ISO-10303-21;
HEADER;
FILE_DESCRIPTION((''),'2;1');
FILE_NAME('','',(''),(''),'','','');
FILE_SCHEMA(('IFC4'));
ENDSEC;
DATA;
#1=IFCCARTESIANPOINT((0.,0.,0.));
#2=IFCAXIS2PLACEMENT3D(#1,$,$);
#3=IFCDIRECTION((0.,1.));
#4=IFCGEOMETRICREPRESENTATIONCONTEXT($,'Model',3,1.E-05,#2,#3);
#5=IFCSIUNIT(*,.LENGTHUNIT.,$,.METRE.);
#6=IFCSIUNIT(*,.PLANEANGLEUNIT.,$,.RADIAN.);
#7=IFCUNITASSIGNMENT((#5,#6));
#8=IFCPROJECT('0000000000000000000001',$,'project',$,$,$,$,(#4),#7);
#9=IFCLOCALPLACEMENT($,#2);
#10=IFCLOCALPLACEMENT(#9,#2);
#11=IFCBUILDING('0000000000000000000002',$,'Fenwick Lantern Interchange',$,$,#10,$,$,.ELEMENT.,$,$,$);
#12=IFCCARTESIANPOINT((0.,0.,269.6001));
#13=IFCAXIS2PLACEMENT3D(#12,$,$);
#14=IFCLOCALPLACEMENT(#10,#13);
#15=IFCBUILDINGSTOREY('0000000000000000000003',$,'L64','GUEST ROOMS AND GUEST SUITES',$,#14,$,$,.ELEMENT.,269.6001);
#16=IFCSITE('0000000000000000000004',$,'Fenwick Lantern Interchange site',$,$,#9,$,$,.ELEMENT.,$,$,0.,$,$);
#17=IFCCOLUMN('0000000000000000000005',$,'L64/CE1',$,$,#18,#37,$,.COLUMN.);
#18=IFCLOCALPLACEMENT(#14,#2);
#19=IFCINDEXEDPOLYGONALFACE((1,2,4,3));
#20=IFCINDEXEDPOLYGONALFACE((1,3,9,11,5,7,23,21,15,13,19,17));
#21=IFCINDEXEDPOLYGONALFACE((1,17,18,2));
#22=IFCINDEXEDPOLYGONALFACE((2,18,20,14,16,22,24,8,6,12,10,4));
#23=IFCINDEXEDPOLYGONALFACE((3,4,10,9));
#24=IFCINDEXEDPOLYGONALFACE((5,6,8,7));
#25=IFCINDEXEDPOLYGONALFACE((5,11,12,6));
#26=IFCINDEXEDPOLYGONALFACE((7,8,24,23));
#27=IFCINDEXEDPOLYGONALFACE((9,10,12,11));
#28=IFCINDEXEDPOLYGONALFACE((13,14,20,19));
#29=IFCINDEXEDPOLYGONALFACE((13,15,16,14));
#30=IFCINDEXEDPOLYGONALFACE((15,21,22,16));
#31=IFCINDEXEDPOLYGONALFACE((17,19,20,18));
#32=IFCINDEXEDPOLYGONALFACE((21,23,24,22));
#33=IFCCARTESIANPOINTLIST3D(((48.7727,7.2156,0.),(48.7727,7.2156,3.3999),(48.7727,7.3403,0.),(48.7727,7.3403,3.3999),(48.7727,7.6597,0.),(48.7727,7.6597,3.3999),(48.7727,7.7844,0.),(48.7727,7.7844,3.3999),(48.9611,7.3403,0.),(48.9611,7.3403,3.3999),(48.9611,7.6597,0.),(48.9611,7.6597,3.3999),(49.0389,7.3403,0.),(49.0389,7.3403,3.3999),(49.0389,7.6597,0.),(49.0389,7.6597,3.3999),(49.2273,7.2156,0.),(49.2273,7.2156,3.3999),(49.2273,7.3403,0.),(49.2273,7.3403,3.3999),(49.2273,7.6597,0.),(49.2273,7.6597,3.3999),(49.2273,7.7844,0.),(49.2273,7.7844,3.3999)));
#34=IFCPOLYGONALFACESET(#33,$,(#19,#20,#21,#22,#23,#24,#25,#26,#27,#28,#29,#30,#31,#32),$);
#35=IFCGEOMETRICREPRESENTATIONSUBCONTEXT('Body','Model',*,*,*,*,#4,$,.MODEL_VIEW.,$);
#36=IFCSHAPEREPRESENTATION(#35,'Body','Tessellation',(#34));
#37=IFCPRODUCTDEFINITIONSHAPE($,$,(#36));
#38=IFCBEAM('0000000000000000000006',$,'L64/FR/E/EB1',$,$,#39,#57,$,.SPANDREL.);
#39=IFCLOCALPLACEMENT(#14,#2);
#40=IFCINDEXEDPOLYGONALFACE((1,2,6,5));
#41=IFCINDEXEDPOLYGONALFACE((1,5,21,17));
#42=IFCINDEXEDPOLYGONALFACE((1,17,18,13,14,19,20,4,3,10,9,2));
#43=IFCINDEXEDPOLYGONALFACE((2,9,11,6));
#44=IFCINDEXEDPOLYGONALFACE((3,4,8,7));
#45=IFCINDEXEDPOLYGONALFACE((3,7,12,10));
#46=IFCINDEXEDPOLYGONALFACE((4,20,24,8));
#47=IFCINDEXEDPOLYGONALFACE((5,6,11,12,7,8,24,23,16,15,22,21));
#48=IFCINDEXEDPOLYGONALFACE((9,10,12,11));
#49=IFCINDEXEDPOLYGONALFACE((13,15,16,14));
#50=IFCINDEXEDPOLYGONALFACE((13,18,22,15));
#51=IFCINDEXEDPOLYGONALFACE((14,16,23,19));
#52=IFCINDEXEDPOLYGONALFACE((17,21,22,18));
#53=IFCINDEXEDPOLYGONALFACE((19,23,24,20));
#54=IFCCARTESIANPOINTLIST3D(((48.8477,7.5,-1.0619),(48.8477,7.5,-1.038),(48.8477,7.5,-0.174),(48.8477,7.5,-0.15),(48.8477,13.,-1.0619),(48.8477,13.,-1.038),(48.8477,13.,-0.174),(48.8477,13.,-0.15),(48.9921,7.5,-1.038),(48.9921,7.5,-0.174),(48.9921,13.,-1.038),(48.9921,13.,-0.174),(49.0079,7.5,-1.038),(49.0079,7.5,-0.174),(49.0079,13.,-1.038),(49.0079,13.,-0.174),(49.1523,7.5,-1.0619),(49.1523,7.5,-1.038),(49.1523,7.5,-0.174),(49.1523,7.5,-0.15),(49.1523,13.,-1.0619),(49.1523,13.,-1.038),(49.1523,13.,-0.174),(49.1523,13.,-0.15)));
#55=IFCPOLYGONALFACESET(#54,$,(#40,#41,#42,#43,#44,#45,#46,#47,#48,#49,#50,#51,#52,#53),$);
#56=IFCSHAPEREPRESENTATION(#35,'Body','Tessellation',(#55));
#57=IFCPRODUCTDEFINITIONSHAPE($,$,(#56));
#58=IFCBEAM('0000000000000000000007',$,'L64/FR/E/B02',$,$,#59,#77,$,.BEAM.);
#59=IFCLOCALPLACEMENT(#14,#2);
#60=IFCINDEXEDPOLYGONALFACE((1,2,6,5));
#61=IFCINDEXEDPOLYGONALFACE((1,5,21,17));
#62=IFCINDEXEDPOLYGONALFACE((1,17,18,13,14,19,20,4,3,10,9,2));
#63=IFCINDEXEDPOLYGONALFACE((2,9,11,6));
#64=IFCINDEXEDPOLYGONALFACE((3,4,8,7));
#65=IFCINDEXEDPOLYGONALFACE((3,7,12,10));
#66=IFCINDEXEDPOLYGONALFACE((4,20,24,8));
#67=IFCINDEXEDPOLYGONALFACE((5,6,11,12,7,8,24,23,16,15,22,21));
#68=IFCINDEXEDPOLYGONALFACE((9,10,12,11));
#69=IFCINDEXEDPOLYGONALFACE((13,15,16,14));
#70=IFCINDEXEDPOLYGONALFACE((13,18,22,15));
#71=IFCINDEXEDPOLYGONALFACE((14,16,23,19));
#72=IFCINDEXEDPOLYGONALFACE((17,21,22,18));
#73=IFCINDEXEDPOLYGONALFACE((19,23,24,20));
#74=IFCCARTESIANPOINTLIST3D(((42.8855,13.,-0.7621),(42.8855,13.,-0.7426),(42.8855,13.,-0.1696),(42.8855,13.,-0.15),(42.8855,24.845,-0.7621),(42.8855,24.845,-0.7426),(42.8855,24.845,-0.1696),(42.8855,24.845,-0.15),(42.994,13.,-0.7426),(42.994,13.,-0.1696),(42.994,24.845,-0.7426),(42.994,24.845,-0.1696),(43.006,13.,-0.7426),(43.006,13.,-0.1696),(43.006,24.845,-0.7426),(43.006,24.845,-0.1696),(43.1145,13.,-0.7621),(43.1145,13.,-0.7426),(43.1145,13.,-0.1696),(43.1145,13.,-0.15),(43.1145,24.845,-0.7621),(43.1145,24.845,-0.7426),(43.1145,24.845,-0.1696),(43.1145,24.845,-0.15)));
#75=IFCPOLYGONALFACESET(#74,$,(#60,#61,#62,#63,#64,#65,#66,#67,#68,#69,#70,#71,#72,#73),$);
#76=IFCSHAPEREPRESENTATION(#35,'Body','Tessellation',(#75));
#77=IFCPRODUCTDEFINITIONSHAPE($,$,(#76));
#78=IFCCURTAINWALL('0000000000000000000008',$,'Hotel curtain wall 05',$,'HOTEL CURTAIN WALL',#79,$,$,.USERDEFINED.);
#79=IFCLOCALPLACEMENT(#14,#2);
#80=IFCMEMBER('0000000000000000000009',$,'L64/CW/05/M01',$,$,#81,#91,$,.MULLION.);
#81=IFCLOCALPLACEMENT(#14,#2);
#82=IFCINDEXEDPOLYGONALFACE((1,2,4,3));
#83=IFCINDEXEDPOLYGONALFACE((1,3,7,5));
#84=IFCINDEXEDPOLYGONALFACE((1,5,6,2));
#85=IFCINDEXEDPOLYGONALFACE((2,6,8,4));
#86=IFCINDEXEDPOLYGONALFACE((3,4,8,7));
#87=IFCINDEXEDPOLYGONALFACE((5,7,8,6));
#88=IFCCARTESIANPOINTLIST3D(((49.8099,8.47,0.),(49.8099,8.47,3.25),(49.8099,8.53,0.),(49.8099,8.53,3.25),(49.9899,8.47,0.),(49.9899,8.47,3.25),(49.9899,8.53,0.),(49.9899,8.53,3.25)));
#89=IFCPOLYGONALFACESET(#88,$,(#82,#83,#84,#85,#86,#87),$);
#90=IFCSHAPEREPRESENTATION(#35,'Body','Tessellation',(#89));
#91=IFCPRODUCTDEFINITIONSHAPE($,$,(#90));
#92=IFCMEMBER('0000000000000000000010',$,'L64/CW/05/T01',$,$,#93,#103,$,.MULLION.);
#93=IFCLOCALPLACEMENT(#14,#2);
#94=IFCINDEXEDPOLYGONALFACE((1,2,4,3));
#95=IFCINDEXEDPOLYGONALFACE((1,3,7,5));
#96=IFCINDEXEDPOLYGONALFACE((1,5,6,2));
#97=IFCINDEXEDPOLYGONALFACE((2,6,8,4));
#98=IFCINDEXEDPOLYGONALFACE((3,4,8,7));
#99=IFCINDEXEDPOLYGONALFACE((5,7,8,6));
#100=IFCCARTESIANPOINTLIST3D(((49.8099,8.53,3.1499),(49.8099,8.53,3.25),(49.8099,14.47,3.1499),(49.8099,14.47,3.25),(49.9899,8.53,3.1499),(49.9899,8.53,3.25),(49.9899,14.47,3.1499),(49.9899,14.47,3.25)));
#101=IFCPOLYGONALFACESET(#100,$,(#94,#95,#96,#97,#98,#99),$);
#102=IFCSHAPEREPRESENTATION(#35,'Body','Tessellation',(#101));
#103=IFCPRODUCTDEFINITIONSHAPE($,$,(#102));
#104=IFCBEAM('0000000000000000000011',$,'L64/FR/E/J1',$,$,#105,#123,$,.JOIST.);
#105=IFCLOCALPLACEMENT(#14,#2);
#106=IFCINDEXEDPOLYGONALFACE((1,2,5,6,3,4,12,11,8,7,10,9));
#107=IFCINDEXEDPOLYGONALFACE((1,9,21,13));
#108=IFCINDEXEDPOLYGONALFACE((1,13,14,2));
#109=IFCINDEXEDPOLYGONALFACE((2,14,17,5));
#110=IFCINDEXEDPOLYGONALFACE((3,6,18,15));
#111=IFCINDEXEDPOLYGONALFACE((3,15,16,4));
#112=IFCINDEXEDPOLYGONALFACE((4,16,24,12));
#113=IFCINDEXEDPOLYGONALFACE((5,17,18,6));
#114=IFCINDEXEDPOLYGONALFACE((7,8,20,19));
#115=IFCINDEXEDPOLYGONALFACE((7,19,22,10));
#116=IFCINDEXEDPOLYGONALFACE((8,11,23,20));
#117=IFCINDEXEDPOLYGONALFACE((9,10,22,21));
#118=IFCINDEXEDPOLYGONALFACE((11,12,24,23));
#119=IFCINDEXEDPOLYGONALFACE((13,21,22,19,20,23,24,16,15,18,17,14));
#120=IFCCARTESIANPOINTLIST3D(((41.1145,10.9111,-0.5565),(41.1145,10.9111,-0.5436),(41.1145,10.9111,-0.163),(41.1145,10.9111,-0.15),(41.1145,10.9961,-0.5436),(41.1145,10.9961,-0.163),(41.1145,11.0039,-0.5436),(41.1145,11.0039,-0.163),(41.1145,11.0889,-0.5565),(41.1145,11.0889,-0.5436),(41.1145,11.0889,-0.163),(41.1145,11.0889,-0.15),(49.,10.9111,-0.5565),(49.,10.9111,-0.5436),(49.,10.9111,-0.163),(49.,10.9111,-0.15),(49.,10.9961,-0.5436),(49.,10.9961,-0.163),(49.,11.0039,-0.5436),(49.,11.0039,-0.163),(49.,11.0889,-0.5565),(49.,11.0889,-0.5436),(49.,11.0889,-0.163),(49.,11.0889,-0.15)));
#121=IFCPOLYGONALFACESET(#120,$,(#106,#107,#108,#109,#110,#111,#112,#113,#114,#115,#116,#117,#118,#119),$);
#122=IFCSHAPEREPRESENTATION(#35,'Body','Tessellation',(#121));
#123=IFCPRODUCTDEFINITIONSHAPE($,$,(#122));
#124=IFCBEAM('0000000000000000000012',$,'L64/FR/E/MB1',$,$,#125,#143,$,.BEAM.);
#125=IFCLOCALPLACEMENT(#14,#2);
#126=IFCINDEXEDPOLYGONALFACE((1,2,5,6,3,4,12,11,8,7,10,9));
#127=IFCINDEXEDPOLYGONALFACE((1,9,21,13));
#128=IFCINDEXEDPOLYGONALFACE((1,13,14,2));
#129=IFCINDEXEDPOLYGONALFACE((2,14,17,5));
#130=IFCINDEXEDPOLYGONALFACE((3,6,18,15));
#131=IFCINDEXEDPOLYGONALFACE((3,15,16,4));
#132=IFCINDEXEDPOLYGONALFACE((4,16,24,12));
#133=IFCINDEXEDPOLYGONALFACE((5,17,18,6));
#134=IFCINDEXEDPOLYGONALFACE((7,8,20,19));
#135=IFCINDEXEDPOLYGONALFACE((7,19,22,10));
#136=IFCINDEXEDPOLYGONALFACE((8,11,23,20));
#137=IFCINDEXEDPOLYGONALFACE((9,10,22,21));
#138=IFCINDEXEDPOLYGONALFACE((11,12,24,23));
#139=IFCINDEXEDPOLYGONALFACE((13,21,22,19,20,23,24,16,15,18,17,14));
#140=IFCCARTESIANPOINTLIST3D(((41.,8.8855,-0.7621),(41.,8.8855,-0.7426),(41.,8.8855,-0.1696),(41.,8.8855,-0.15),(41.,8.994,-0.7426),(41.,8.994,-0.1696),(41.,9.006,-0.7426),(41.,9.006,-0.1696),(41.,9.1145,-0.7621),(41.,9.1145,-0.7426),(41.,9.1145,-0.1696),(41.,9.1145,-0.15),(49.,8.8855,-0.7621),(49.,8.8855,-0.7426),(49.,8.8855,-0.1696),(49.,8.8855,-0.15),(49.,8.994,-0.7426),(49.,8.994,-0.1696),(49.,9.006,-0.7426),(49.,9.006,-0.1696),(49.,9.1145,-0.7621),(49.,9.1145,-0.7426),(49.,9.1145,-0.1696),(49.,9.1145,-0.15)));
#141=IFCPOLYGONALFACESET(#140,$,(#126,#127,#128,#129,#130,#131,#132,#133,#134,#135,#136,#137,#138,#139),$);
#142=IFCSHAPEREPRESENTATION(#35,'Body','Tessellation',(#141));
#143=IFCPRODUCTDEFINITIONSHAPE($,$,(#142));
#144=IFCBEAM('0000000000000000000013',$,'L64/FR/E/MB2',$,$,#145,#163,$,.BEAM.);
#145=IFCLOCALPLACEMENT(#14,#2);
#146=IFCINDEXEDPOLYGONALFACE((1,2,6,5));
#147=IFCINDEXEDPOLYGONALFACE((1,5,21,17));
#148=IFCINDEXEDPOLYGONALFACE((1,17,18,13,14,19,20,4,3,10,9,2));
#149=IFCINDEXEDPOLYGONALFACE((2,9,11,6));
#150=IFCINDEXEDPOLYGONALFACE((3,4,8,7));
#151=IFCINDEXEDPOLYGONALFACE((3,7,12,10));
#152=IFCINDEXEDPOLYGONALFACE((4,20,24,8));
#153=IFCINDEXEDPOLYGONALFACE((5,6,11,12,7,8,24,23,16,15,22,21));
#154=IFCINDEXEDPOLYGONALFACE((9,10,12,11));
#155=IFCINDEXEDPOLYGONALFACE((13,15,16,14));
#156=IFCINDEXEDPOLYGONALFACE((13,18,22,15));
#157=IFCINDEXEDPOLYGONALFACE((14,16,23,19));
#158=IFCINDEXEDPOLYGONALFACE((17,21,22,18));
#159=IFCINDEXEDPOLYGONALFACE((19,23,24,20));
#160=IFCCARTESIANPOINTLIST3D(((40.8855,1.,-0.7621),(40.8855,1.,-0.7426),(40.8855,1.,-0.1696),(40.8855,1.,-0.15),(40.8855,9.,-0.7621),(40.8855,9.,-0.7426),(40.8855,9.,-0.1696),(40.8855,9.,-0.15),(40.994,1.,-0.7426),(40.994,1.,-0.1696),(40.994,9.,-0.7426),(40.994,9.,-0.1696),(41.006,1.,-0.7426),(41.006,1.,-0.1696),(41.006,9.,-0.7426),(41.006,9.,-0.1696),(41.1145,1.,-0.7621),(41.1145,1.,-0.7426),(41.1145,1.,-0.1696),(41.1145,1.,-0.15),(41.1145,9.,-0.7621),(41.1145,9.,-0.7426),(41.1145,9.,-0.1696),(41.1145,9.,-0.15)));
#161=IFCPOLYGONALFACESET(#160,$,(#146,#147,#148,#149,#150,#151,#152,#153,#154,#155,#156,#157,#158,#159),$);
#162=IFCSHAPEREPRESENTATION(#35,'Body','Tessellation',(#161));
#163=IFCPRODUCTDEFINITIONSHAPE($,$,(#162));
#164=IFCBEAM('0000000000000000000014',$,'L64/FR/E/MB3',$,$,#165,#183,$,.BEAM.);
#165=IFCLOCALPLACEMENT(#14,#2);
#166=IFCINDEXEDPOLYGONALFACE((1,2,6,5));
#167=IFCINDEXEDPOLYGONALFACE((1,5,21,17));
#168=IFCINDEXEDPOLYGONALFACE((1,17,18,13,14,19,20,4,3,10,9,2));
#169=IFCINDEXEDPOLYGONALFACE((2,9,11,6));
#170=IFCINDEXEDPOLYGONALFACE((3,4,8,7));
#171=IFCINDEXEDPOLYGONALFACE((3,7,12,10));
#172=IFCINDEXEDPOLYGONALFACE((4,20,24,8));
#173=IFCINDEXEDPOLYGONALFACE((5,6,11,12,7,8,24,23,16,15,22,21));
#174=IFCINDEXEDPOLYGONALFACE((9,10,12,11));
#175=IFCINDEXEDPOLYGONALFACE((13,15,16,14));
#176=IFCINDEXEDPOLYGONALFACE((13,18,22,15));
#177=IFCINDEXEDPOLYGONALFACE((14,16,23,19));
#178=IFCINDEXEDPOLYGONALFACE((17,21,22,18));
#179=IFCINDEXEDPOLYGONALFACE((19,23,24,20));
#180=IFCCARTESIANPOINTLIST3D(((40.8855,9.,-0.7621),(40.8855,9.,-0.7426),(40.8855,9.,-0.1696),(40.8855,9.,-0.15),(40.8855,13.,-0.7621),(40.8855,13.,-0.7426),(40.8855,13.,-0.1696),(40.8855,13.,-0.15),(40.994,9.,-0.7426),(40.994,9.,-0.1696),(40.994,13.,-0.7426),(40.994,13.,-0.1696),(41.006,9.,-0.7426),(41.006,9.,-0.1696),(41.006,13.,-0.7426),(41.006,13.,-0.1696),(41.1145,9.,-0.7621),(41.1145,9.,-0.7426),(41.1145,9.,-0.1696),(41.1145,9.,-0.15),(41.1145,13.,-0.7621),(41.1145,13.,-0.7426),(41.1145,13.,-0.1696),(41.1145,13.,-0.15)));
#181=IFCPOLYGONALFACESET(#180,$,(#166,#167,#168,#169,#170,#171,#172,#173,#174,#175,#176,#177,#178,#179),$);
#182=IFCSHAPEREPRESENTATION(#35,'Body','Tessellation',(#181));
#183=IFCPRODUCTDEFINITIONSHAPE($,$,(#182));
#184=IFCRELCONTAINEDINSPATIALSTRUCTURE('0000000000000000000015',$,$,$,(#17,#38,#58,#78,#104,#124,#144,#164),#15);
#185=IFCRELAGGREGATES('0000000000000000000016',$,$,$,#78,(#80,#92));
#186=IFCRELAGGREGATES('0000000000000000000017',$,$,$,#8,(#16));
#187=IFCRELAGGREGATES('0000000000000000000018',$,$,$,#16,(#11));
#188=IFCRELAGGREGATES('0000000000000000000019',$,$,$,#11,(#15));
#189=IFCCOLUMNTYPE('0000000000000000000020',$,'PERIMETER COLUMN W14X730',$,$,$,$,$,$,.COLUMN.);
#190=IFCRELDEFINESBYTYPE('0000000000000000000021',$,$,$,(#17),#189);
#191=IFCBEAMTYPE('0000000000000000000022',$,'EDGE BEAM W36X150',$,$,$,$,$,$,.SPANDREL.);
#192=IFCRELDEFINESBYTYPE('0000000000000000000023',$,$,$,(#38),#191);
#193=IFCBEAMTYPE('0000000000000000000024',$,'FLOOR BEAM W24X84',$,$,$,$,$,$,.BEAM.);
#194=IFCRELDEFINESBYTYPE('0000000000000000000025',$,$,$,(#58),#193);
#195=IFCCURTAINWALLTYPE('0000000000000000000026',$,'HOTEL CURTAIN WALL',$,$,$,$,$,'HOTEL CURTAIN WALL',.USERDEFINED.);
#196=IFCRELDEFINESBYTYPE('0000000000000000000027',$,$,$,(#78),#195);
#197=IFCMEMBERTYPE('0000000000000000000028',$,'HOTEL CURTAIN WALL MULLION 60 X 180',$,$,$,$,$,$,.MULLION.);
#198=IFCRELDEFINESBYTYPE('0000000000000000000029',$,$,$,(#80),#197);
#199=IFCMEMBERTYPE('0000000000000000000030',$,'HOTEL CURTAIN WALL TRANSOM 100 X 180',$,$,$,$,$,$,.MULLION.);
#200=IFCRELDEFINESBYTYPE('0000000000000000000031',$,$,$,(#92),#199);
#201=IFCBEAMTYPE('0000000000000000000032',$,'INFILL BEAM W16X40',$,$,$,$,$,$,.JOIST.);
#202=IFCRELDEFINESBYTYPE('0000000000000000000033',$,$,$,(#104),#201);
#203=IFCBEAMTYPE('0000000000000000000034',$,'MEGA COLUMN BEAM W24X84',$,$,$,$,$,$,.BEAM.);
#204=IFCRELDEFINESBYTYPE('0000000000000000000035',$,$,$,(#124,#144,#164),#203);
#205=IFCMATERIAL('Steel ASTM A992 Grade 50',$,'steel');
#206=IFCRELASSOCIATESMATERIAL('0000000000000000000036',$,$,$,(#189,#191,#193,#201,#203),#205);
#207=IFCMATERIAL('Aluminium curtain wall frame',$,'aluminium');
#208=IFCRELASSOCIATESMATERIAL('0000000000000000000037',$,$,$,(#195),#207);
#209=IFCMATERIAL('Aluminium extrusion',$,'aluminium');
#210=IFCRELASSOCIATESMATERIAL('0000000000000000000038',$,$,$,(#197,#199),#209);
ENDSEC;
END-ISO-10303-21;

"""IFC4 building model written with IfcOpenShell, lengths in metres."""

from ifc_helpers import new_model, si_unit, direction, frame, origin, origin_2d, place, context, subcontext, project, spatial, rectangle, i_section, extrude, material, material_profile, profile_set, type_object, element, aggregate, save


model = new_model("IFC4")

# Units and contexts
model_context = context("Model", 3, precision=1e-05, world=origin(), true_north=direction((0.0, 1.0)))
body_context = subcontext(model_context, "Body", "Model", "MODEL_VIEW")
ifc_project = project(units=[si_unit("LENGTHUNIT", "METRE"), si_unit("PLANEANGLEUNIT", "RADIAN")], contexts=[model_context])

# Site, building, storey
site_placement = place(None, origin())
site = spatial("IfcSite", under=ifc_project, at=site_placement, Name="Fenwick Lantern Interchange site", CompositionType="ELEMENT", RefElevation=0.0)
building_placement = place(site_placement, origin())
building = spatial("IfcBuilding", under=site, at=building_placement, Name="Fenwick Lantern Interchange", CompositionType="ELEMENT")
storey_placement = place(building_placement, frame((0.0, 0.0, 269.6001)))
storey = spatial("IfcBuildingStorey", under=building, at=storey_placement, Name="L64", Description="GUEST ROOMS AND GUEST SUITES", CompositionType="ELEMENT", Elevation=269.6001)

# Column
ifc_material_1 = material(Name="Steel ASTM A992 Grade 50", Category="steel")
ifc_material_profile_1 = material_profile(ifc_material_1, i_section(OverallWidth=0.4546, OverallDepth=0.5688, WebThickness=0.0779, FlangeThickness=0.1248, at=origin_2d()), Name="W14X730")
ifc_profile_set_1 = profile_set([ifc_material_profile_1], Name="Steel ASTM A992 Grade 50")
column_type = type_object("IfcColumnType", Name="PERIMETER COLUMN W14X730", PredefinedType="COLUMN", material=ifc_profile_set_1)
column_placement = place(storey_placement, frame((49.0, 7.5, 0.0), z_axis=(0.0, 0.0, 1.0), x_axis=(1.0, 0.0, 0.0)))
element("IfcColumn", 1, at=column_placement, inside=storey, type_object=column_type, Name="L64/CE1", PredefinedType="COLUMN", context=body_context, shape_type="SweptSolid", body=[
    extrude(i_section(OverallWidth=0.4546, OverallDepth=0.5688, WebThickness=0.0779, FlangeThickness=0.1248, at=origin_2d()), origin(), (0.0, 0.0, 1.0), 3.3999),
])

# Beams
ifc_material_profile_2 = material_profile(ifc_material_1, i_section(OverallWidth=0.3047, OverallDepth=0.9119, WebThickness=0.0159, FlangeThickness=0.0239, at=origin_2d()), Name="W36X150")
ifc_profile_set_2 = profile_set([ifc_material_profile_2], Name="Steel ASTM A992 Grade 50")
beam_type_1 = type_object("IfcBeamType", Name="EDGE BEAM W36X150", PredefinedType="SPANDREL", material=ifc_profile_set_2)
beam_1_placement = place(storey_placement, frame((49.0, 7.5, -0.606), z_axis=(0.0, 1.0, 0.0), x_axis=(-1.0, 0.0, 0.0)))
element("IfcBeam", 2, at=beam_1_placement, inside=storey, type_object=beam_type_1, Name="L64/FR/E/EB1", PredefinedType="SPANDREL", context=body_context, shape_type="SweptSolid", body=[
    extrude(i_section(OverallWidth=0.3047, OverallDepth=0.9119, WebThickness=0.0159, FlangeThickness=0.0239, at=origin_2d()), origin(), (0.0, 0.0, 1.0), 5.5),
])
ifc_material_profile_3 = material_profile(ifc_material_1, i_section(OverallWidth=0.229, OverallDepth=0.6121, WebThickness=0.012, FlangeThickness=0.0195, at=origin_2d()), Name="W24X84")
ifc_profile_set_3 = profile_set([ifc_material_profile_3], Name="Steel ASTM A992 Grade 50")
beam_type_2 = type_object("IfcBeamType", Name="FLOOR BEAM W24X84", PredefinedType="BEAM", material=ifc_profile_set_3)
beam_2_placement = place(storey_placement, frame((43.0, 13.0, -0.4561), z_axis=(0.0, 1.0, 0.0), x_axis=(-1.0, 0.0, 0.0)))
element("IfcBeam", 3, at=beam_2_placement, inside=storey, type_object=beam_type_2, Name="L64/FR/E/B02", PredefinedType="BEAM", context=body_context, shape_type="SweptSolid", body=[
    extrude(i_section(OverallWidth=0.229, OverallDepth=0.6121, WebThickness=0.012, FlangeThickness=0.0195, at=origin_2d()), origin(), (0.0, 0.0, 1.0), 11.845),
])

# Curtain wall, members
ifc_material_2 = material(Name="Aluminium curtain wall frame", Category="aluminium")
curtain_wall_type = type_object("IfcCurtainWallType", Name="HOTEL CURTAIN WALL", ElementType="HOTEL CURTAIN WALL", PredefinedType="USERDEFINED", material=ifc_material_2)
curtain_wall_placement = place(storey_placement, origin())
curtain_wall = element("IfcCurtainWall", 4, at=curtain_wall_placement, inside=storey, type_object=curtain_wall_type, Name="Hotel curtain wall 05", ObjectType="HOTEL CURTAIN WALL", PredefinedType="USERDEFINED")
ifc_material_3 = material(Name="Aluminium extrusion", Category="aluminium")
ifc_material_profile_4 = material_profile(ifc_material_3, rectangle(XDim=0.1799, YDim=0.0601, at=origin_2d()), Name="HOTEL CURTAIN WALL MULLION 60 X 180")
ifc_profile_set_4 = profile_set([ifc_material_profile_4], Name="Aluminium extrusion")
member_type_1 = type_object("IfcMemberType", Name="HOTEL CURTAIN WALL MULLION 60 X 180", PredefinedType="MULLION", material=ifc_profile_set_4)
member_1_placement = place(storey_placement, frame((49.8999, 8.5, 0.0), z_axis=(0.0, 0.0, 1.0), x_axis=(-1.0, 0.0, 0.0)))
member_1 = element("IfcMember", 5, at=member_1_placement, type_object=member_type_1, Name="L64/CW/05/M01", PredefinedType="MULLION", context=body_context, shape_type="SweptSolid", body=[
    extrude(rectangle(XDim=0.1799, YDim=0.0601, at=origin_2d()), origin(), (0.0, 0.0, 1.0), 3.25),
])
ifc_material_profile_5 = material_profile(ifc_material_3, rectangle(XDim=0.1799, YDim=0.1001, at=origin_2d()), Name="HOTEL CURTAIN WALL TRANSOM 100 X 180")
ifc_profile_set_5 = profile_set([ifc_material_profile_5], Name="Aluminium extrusion")
member_type_2 = type_object("IfcMemberType", Name="HOTEL CURTAIN WALL TRANSOM 100 X 180", PredefinedType="MULLION", material=ifc_profile_set_5)
member_2_placement = place(storey_placement, frame((49.8999, 8.53, 3.2), z_axis=(0.0, 1.0, 0.0), x_axis=(-1.0, 0.0, 0.0)))
member_2 = element("IfcMember", 6, at=member_2_placement, type_object=member_type_2, Name="L64/CW/05/T01", PredefinedType="MULLION", context=body_context, shape_type="SweptSolid", body=[
    extrude(rectangle(XDim=0.1799, YDim=0.1001, at=origin_2d()), origin(), (0.0, 0.0, 1.0), 5.9399),
])

# Beams
ifc_material_profile_6 = material_profile(ifc_material_1, i_section(OverallWidth=0.1777, OverallDepth=0.4065, WebThickness=0.0078, FlangeThickness=0.0129, at=origin_2d()), Name="W16X40")
ifc_profile_set_6 = profile_set([ifc_material_profile_6], Name="Steel ASTM A992 Grade 50")
beam_type_3 = type_object("IfcBeamType", Name="INFILL BEAM W16X40", PredefinedType="JOIST", material=ifc_profile_set_6)
beam_3_placement = place(storey_placement, frame((49.0, 11.0, -0.3533), z_axis=(-1.0, 0.0, 0.0), x_axis=(0.0, -1.0, 0.0)))
element("IfcBeam", 7, at=beam_3_placement, inside=storey, type_object=beam_type_3, Name="L64/FR/E/J1", PredefinedType="JOIST", context=body_context, shape_type="SweptSolid", body=[
    extrude(i_section(OverallWidth=0.1777, OverallDepth=0.4065, WebThickness=0.0078, FlangeThickness=0.0129, at=origin_2d()), origin(), (0.0, 0.0, 1.0), 7.8855),
])
ifc_material_profile_7 = material_profile(ifc_material_1, i_section(OverallWidth=0.229, OverallDepth=0.6121, WebThickness=0.012, FlangeThickness=0.0195, at=origin_2d()), Name="W24X84")
ifc_profile_set_7 = profile_set([ifc_material_profile_7], Name="Steel ASTM A992 Grade 50")
beam_type_4 = type_object("IfcBeamType", Name="MEGA COLUMN BEAM W24X84", PredefinedType="BEAM", material=ifc_profile_set_7)
for number, where, z_axis, x_axis, name in (
    (8, (41.0, 9.0, -0.4561), (1.0, 0.0, 0.0), (0.0, 1.0, 0.0), "L64/FR/E/MB1"),
    (9, (41.0, 9.0, -0.4561), (0.0, -1.0, 0.0), (1.0, 0.0, 0.0), "L64/FR/E/MB2"),
):
    element("IfcBeam", number, at=place(storey_placement, frame(where, z_axis=z_axis, x_axis=x_axis)), inside=storey, type_object=beam_type_4, Name=name, PredefinedType="BEAM", context=body_context, shape_type="SweptSolid", body=[
        extrude(i_section(OverallWidth=0.229, OverallDepth=0.6121, WebThickness=0.012, FlangeThickness=0.0195, at=origin_2d()), origin(), (0.0, 0.0, 1.0), 8.0),
    ])
for number, where, z_axis, x_axis, name in (
    (10, (41.0, 9.0, -0.4561), (0.0, 1.0, 0.0), (-1.0, 0.0, 0.0), "L64/FR/E/MB3"),
):
    element("IfcBeam", number, at=place(storey_placement, frame(where, z_axis=z_axis, x_axis=x_axis)), inside=storey, type_object=beam_type_4, Name=name, PredefinedType="BEAM", context=body_context, shape_type="SweptSolid", body=[
        extrude(i_section(OverallWidth=0.229, OverallDepth=0.6121, WebThickness=0.012, FlangeThickness=0.0195, at=origin_2d()), origin(), (0.0, 0.0, 1.0), 4.0),
    ])

aggregate(curtain_wall, [member_1, member_2])

save(model, "model.ifc")
